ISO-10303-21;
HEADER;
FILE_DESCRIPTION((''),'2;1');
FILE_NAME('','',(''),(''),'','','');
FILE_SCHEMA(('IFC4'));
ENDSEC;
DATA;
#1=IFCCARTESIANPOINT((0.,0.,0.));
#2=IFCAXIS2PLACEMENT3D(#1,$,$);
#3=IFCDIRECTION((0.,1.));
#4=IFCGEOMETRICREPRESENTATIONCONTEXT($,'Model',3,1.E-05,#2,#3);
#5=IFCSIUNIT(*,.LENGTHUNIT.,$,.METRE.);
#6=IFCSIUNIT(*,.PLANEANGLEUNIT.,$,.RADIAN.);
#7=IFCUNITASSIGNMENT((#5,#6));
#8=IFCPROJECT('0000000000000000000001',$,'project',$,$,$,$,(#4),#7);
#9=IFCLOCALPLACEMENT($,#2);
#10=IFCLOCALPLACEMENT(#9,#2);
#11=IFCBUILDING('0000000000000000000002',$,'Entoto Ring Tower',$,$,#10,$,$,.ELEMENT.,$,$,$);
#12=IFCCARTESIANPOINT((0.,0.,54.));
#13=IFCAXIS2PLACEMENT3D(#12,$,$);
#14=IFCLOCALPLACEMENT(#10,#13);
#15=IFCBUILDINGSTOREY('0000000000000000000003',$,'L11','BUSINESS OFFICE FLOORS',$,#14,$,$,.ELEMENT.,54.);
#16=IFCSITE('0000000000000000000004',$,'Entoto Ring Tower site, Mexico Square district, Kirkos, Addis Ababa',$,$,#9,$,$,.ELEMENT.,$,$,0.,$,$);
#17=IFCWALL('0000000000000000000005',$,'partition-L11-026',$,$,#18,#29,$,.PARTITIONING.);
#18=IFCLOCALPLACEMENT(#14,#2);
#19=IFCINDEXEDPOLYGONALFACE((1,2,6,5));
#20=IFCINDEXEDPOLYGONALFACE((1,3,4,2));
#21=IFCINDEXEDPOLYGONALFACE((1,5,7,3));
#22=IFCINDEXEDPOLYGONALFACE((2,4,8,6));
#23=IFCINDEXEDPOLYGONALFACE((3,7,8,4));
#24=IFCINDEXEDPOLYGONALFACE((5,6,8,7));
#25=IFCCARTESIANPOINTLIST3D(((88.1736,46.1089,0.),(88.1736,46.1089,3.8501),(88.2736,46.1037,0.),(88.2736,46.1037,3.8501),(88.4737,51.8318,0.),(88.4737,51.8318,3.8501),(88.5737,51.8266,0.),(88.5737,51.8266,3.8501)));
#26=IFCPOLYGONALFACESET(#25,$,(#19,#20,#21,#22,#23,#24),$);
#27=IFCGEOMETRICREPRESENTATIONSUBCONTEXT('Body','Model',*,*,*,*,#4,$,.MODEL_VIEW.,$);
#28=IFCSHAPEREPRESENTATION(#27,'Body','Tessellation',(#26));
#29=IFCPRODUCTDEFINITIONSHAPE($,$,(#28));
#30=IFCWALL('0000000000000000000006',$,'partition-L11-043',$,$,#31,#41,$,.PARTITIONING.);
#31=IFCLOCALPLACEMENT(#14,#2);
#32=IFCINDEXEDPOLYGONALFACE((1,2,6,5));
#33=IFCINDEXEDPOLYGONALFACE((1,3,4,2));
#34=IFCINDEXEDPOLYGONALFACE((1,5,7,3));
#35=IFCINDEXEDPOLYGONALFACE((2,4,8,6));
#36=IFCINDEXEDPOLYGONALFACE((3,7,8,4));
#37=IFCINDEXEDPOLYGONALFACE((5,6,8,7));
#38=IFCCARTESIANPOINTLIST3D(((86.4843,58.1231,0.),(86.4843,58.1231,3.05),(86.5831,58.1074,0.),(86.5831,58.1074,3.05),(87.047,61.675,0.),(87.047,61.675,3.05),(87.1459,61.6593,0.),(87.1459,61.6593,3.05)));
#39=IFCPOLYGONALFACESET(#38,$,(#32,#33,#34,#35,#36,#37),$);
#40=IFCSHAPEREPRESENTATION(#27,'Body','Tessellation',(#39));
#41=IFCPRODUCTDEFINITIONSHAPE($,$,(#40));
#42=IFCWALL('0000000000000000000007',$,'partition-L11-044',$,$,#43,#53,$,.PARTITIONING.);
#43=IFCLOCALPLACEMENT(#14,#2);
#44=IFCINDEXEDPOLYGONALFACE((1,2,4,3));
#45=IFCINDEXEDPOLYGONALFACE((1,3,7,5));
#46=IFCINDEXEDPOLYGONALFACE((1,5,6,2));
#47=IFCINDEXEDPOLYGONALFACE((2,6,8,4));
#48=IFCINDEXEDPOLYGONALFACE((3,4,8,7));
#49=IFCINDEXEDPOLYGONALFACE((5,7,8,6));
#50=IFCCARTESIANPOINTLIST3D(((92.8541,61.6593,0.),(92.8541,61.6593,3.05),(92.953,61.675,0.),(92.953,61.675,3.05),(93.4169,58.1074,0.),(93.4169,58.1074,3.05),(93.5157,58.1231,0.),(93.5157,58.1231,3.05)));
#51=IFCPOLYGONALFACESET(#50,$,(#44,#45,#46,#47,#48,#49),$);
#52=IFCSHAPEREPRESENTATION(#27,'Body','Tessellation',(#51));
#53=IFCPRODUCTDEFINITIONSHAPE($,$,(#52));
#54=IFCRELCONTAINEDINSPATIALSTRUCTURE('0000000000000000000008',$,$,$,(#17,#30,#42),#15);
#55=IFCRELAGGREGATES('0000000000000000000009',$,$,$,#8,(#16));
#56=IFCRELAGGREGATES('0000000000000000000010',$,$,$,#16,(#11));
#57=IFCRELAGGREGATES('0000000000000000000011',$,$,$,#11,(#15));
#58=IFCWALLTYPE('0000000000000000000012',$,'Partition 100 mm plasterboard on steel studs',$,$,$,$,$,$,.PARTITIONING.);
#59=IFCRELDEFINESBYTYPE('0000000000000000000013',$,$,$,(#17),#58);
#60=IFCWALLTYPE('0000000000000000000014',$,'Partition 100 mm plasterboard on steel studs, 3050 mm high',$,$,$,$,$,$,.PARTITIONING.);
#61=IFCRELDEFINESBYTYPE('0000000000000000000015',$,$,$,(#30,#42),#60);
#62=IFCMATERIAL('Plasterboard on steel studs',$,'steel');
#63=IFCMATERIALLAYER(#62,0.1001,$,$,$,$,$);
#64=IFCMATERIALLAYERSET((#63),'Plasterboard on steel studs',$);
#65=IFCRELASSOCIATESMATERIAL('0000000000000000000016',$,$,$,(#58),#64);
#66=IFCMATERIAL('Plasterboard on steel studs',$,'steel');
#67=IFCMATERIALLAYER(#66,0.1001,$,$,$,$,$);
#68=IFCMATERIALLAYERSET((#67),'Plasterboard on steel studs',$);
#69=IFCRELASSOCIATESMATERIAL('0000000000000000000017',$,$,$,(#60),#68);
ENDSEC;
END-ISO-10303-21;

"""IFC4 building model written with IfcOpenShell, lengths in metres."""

from ifc_helpers import new_model, si_unit, direction, frame, frame_2d, origin, place, context, subcontext, project, spatial, rectangle, extrude, material, layer, layer_set, type_object, element, save


model = new_model("IFC4")

# Units and contexts
model_context = context("Model", 3, precision=1e-05, world=origin(), true_north=direction((0.0, 1.0)))
body_context = subcontext(model_context, "Body", "Model", "MODEL_VIEW")
ifc_project = project(units=[si_unit("LENGTHUNIT", "METRE"), si_unit("PLANEANGLEUNIT", "RADIAN")], contexts=[model_context])

# Site, building, storey
site_placement = place(None, origin())
site = spatial("IfcSite", under=ifc_project, at=site_placement, Name="Entoto Ring Tower site, Mexico Square district, Kirkos, Addis Ababa", CompositionType="ELEMENT", RefElevation=0.0)
building_placement = place(site_placement, origin())
building = spatial("IfcBuilding", under=site, at=building_placement, Name="Entoto Ring Tower", CompositionType="ELEMENT")
storey_placement = place(building_placement, frame((0.0, 0.0, 54.0)))
storey = spatial("IfcBuildingStorey", under=building, at=storey_placement, Name="L11", Description="BUSINESS OFFICE FLOORS", CompositionType="ELEMENT", Elevation=54.0)

# Shared definitions
ifc_material_1 = material(Name="Plasterboard on steel studs", Category="steel")
ifc_layer_1 = layer(ifc_material_1, 0.1001)
ifc_layer_set_1 = layer_set([ifc_layer_1], Name="Plasterboard on steel studs")
wall_type_1 = type_object("IfcWallType", Name="Partition 100 mm plasterboard on steel studs", PredefinedType="PARTITIONING", material=ifc_layer_set_1)

# Walls
wall_1_placement = place(storey_placement, frame((88.2236, 46.1064, 0.0), z_axis=(0.0, 0.0, 1.0), x_axis=(0.052358, 0.998628, 0.0)))
element("IfcWall", 1, at=wall_1_placement, inside=storey, type_object=wall_type_1, Name="partition-L11-026", PredefinedType="PARTITIONING", context=body_context, shape_type="SweptSolid", body=[
    extrude(rectangle(XDim=5.7307, YDim=0.1001, at=frame_2d((2.8652, 0.0))), origin(), (0.0, 0.0, 1.0), 3.8501),
])
ifc_material_2 = material(Name="Plasterboard on steel studs", Category="steel")
ifc_layer_2 = layer(ifc_material_2, 0.1001)
ifc_layer_set_2 = layer_set([ifc_layer_2], Name="Plasterboard on steel studs")
wall_type_2 = type_object("IfcWallType", Name="Partition 100 mm plasterboard on steel studs, 3050 mm high", PredefinedType="PARTITIONING", material=ifc_layer_set_2)
for number, where, z_axis, x_axis, name in (
    (2, (86.5337, 58.1152, 0.0), (0.0, 0.0, 1.0), (0.156478, 0.987681, 0.0), "partition-L11-043"),
    (3, (93.4663, 58.1152, 0.0), (0.0, 0.0, 1.0), (-0.156478, 0.987681, 0.0), "partition-L11-044"),
):
    element("IfcWall", number, at=place(storey_placement, frame(where, z_axis=z_axis, x_axis=x_axis)), inside=storey, type_object=wall_type_2, Name=name, PredefinedType="PARTITIONING", context=body_context, shape_type="SweptSolid", body=[
        extrude(rectangle(XDim=3.5962, YDim=0.1001, at=frame_2d((1.7981, 0.0))), origin(), (0.0, 0.0, 1.0), 3.05),
    ])

save(model, "model.ifc")
